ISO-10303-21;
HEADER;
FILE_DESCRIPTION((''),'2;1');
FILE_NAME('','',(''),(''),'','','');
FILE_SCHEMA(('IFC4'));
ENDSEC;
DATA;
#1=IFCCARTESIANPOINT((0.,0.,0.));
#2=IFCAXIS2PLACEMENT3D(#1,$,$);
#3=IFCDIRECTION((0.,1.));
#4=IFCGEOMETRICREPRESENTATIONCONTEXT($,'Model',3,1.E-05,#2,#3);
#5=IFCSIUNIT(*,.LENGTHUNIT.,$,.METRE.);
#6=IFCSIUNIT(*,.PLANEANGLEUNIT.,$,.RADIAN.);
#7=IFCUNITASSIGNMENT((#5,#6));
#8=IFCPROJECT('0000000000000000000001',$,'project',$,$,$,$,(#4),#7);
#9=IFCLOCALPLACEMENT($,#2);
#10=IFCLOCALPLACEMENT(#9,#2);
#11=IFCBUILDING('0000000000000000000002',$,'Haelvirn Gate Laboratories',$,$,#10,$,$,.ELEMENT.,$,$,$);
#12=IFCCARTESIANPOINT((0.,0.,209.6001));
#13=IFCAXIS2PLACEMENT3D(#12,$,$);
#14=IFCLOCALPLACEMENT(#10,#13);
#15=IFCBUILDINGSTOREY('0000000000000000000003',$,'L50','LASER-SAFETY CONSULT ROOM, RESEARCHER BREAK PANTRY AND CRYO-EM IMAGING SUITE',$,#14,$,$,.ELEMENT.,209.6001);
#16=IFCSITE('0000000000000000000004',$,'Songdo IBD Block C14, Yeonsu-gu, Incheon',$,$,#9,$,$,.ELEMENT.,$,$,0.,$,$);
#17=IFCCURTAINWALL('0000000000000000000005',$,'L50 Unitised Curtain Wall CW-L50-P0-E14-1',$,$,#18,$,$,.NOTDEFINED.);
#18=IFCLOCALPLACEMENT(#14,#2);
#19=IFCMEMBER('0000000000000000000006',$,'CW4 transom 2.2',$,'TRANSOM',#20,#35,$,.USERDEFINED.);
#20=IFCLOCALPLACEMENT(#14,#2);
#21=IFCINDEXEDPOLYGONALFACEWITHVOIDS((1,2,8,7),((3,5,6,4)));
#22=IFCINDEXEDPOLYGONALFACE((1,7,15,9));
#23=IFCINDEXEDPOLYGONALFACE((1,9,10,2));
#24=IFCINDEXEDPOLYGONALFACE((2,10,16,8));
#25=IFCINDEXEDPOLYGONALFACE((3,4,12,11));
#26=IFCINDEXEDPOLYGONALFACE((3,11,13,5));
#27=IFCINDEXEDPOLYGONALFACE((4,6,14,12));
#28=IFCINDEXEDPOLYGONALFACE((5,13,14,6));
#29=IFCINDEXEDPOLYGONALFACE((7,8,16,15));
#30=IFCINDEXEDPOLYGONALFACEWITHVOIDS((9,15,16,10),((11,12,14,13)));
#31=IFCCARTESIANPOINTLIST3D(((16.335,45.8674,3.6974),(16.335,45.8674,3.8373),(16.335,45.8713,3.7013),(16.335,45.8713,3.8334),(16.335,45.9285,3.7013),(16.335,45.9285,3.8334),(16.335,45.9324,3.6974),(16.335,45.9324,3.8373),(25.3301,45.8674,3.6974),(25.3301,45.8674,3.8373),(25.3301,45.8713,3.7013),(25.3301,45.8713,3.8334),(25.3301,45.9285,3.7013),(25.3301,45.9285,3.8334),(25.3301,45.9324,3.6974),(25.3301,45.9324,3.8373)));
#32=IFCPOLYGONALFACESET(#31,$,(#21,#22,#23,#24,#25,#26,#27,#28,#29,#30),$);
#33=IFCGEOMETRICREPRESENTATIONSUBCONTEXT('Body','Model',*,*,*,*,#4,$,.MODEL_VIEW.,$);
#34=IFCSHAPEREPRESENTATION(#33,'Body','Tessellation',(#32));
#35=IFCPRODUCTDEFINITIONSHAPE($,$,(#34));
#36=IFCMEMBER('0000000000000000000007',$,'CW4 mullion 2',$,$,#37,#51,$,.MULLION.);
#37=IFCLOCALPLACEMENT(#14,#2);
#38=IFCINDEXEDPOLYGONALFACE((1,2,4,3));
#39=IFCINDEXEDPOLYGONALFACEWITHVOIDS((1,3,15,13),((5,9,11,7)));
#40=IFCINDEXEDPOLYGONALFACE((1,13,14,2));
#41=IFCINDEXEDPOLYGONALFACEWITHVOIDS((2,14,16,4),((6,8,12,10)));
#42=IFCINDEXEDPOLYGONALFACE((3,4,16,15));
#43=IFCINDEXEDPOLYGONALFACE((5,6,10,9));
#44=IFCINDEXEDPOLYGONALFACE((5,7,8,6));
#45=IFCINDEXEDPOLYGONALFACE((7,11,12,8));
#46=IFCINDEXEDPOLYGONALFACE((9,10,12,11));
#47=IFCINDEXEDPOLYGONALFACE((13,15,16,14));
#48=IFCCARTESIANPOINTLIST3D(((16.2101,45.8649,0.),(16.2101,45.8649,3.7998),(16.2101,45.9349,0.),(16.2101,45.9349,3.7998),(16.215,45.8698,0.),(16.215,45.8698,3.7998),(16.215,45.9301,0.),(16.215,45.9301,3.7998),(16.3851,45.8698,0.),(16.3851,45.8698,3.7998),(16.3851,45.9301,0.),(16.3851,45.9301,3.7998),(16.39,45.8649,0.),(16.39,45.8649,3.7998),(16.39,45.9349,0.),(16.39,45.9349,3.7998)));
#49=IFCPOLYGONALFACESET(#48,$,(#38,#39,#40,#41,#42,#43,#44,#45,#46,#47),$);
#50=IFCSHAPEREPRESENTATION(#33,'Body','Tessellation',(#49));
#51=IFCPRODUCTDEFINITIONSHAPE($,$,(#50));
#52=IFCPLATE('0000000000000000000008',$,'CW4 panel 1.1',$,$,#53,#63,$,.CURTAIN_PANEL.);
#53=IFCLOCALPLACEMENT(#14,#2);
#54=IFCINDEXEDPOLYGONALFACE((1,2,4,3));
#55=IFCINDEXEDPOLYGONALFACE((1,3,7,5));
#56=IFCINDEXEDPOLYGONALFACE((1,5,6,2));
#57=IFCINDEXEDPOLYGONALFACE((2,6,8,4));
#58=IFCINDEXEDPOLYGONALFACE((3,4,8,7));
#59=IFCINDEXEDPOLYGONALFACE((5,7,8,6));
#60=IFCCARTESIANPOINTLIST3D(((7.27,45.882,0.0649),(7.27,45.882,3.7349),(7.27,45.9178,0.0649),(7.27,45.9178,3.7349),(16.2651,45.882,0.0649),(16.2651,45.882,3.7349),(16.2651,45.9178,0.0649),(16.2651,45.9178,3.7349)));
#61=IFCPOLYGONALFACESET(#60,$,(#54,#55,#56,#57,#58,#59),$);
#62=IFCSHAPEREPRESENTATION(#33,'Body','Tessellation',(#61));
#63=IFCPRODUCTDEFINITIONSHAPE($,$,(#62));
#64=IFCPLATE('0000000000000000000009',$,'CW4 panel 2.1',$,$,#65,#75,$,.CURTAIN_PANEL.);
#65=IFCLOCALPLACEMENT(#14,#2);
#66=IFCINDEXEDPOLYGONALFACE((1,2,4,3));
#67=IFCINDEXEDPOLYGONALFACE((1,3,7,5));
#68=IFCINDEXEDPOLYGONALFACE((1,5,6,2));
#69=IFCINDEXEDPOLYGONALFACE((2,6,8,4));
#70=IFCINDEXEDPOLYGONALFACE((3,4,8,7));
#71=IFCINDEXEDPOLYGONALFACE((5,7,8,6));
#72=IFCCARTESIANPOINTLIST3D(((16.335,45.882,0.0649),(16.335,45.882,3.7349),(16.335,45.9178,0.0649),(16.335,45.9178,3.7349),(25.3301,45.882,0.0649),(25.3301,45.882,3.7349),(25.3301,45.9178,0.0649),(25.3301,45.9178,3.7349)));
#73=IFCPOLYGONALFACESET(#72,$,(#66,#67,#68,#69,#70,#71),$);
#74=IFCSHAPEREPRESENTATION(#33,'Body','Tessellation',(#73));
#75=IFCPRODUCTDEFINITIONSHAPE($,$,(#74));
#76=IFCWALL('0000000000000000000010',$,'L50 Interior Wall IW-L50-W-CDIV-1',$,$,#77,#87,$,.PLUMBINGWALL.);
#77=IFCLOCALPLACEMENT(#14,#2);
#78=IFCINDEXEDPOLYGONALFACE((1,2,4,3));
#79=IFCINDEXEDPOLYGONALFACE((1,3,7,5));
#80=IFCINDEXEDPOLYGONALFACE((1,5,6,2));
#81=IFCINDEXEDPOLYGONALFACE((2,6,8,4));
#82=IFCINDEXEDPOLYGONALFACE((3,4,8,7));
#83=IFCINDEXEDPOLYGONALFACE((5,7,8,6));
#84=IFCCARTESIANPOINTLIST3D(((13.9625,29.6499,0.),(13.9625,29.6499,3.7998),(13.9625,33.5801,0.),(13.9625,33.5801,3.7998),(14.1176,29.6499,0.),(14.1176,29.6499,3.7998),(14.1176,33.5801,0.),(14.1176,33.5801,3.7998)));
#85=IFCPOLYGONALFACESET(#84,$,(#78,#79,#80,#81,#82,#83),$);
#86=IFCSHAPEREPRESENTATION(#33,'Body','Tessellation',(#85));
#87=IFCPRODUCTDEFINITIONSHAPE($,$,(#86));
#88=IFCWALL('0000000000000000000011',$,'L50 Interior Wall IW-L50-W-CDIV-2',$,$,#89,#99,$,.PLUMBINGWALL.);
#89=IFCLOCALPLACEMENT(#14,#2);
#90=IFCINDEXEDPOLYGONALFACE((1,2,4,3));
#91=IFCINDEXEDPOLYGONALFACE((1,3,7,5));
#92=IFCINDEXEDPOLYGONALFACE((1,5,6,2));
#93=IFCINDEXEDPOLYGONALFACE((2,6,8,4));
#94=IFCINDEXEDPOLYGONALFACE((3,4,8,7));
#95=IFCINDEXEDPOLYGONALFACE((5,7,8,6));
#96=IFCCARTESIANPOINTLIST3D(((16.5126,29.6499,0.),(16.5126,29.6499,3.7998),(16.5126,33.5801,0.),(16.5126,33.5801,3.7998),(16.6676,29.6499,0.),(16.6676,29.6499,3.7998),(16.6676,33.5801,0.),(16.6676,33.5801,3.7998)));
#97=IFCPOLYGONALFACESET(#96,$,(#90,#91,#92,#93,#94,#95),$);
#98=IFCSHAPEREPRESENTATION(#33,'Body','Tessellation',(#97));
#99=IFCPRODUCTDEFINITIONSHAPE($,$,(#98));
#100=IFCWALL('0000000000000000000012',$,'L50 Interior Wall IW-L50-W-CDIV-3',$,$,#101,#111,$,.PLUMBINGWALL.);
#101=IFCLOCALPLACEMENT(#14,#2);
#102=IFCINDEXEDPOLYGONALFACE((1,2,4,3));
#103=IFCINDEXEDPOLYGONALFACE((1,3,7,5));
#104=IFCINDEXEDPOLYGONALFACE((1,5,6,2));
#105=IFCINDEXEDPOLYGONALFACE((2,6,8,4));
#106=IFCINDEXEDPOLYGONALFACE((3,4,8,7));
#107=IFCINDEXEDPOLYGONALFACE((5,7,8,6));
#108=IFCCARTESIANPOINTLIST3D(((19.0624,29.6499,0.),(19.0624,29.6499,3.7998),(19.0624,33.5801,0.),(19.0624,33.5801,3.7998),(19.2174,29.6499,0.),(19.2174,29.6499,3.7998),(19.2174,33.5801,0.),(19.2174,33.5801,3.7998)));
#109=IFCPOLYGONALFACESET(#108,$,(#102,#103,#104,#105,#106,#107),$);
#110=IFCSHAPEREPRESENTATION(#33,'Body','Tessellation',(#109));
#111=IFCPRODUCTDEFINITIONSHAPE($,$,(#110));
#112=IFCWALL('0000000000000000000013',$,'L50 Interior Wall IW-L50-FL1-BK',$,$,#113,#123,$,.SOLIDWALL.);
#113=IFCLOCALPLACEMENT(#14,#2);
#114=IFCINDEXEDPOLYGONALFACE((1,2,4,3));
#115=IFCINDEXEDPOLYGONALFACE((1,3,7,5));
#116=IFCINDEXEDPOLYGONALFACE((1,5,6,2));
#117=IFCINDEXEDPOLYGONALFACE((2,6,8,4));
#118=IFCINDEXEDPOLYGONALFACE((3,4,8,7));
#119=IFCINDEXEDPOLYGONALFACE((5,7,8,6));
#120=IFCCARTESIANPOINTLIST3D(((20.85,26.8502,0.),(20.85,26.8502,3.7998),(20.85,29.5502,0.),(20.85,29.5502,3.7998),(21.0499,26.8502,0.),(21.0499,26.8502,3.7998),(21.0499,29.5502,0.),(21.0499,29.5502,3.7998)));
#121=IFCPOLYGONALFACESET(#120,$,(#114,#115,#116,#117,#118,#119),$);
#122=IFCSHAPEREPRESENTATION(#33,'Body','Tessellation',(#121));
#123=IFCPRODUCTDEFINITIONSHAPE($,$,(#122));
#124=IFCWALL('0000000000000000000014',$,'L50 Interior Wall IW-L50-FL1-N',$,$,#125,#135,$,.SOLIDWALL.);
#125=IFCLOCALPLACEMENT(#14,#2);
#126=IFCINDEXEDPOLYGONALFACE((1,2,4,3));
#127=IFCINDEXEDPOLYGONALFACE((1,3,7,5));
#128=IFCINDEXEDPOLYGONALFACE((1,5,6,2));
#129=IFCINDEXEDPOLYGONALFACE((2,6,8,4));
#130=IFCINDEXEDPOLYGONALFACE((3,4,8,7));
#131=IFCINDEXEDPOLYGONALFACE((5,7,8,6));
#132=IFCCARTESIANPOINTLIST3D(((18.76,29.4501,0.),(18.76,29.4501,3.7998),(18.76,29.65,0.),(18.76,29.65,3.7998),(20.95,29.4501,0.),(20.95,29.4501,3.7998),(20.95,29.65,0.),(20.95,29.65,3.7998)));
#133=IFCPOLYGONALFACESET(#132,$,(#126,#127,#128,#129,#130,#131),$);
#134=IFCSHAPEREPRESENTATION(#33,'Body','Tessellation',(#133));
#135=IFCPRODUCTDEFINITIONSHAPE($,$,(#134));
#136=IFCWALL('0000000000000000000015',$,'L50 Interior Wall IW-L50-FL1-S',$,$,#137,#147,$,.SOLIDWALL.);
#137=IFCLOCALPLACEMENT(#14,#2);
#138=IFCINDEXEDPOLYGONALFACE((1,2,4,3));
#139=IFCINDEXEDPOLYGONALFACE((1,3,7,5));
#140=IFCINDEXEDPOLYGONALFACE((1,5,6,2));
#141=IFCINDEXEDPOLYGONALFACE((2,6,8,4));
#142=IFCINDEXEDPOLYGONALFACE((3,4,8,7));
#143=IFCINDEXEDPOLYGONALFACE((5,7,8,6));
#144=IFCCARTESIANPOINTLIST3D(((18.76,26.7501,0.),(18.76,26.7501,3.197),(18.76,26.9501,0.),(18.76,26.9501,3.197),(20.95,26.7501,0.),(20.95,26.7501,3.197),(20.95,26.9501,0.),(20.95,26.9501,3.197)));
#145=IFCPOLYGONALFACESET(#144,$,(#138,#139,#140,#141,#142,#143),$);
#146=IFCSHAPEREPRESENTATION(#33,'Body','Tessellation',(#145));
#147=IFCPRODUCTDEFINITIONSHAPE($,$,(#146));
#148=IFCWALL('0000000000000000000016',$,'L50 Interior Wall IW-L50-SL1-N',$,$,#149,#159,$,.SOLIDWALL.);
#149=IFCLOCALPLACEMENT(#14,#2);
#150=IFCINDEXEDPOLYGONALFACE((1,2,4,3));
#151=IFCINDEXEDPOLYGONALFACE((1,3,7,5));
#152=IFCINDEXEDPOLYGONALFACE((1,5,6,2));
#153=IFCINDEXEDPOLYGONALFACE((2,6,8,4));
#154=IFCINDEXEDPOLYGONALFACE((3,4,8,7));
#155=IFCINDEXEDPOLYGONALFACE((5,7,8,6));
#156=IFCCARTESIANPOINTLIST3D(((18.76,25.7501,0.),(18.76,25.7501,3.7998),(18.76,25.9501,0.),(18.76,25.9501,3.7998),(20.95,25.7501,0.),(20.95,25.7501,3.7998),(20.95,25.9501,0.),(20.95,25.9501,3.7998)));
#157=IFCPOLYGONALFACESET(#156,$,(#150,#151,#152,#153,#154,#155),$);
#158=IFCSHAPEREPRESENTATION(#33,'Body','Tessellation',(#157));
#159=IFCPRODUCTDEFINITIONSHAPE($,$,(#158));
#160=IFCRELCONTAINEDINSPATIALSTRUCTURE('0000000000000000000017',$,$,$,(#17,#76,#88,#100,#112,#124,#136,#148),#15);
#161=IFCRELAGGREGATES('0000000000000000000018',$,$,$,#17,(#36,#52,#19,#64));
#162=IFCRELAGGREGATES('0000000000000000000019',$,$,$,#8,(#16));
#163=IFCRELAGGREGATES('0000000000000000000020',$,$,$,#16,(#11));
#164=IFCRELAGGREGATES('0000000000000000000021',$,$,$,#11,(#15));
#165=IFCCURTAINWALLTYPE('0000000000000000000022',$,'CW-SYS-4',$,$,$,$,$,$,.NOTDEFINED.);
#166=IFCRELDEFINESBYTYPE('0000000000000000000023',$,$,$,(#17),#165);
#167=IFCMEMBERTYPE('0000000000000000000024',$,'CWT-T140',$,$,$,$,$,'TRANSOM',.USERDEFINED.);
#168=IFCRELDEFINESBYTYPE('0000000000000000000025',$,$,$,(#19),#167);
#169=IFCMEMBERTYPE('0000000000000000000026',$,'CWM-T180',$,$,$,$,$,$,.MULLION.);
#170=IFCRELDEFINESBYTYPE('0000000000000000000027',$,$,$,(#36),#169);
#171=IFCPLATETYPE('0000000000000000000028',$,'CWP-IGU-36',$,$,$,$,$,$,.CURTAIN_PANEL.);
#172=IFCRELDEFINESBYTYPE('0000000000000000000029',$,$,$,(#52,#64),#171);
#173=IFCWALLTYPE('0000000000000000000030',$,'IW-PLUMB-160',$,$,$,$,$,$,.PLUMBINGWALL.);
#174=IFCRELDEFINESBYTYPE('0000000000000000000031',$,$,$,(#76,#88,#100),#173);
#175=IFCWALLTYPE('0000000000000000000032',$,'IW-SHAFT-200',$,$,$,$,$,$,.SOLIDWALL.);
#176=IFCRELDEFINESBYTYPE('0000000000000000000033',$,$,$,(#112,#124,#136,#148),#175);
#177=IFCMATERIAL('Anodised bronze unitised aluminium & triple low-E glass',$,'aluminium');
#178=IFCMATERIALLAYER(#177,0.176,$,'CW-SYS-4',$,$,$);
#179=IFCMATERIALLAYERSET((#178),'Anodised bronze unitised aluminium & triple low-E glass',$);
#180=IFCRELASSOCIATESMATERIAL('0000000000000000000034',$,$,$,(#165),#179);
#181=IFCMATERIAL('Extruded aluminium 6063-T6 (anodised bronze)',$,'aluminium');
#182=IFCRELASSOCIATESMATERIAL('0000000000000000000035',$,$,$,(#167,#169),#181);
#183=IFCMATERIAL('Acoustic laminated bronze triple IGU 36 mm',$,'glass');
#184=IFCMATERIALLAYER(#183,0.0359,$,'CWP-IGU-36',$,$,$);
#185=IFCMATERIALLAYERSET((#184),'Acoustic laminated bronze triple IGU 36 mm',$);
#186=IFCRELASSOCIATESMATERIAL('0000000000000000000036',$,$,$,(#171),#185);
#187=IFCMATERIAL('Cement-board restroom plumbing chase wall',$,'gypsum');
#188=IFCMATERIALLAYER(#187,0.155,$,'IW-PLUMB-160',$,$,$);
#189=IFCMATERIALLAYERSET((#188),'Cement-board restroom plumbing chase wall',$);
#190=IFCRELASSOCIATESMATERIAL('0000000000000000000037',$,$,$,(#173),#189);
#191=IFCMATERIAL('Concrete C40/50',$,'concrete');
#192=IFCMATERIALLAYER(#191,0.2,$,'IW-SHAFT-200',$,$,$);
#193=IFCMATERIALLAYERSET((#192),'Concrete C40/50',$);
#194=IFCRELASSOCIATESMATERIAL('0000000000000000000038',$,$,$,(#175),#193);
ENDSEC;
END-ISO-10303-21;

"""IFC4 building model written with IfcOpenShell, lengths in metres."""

from ifc_helpers import new_model, si_unit, direction, frame, frame_2d, origin, origin_2d, place, context, subcontext, project, spatial, rectangle, hollow_rectangle, extrude, source, transform, mapped, material, layer, layer_set, material_profile, profile_set, type_object, type_shapes, element, aggregate, save


model = new_model("IFC4")

# Units and contexts
model_context = context("Model", 3, precision=1e-05, world=origin(), true_north=direction((0.0, 1.0)))
body_context = subcontext(model_context, "Body", "Model", "MODEL_VIEW")
ifc_project = project(units=[si_unit("LENGTHUNIT", "METRE"), si_unit("PLANEANGLEUNIT", "RADIAN")], contexts=[model_context])

# Site, building, storey
site_placement = place(None, origin())
site = spatial("IfcSite", under=ifc_project, at=site_placement, Name="Songdo IBD Block C14, Yeonsu-gu, Incheon", CompositionType="ELEMENT", RefElevation=0.0)
building_placement = place(site_placement, origin())
building = spatial("IfcBuilding", under=site, at=building_placement, Name="Haelvirn Gate Laboratories", CompositionType="ELEMENT")
storey_placement = place(building_placement, frame((0.0, 0.0, 209.6001)))
storey = spatial("IfcBuildingStorey", under=building, at=storey_placement, Name="L50", Description="LASER-SAFETY CONSULT ROOM, RESEARCHER BREAK PANTRY AND CRYO-EM IMAGING SUITE", CompositionType="ELEMENT", Elevation=209.6001)

# Curtain wall, members, plates
ifc_material_1 = material(Name="Anodised bronze unitised aluminium & triple low-E glass", Category="aluminium")
ifc_layer_1 = layer(ifc_material_1, 0.176, Name="CW-SYS-4")
ifc_layer_set_1 = layer_set([ifc_layer_1], Name="Anodised bronze unitised aluminium & triple low-E glass")
curtain_wall_type = type_object("IfcCurtainWallType", Name="CW-SYS-4", PredefinedType="NOTDEFINED", material=ifc_layer_set_1)
curtain_wall_placement = place(storey_placement, origin())
curtain_wall = element("IfcCurtainWall", 1, at=curtain_wall_placement, inside=storey, type_object=curtain_wall_type, Name="L50 Unitised Curtain Wall CW-L50-P0-E14-1", PredefinedType="NOTDEFINED")
ifc_material_2 = material(Name="Extruded aluminium 6063-T6 (anodised bronze)", Category="aluminium")
ifc_material_profile_1 = material_profile(ifc_material_2, hollow_rectangle(XDim=0.0649, YDim=0.1399, WallThickness=0.0039, at=origin_2d()), Name="CWT-140x65x4")
ifc_profile_set_1 = profile_set([ifc_material_profile_1], Name="Extruded aluminium 6063-T6 (anodised bronze)")
member_type_1 = type_object("IfcMemberType", Name="CWT-T140", ElementType="TRANSOM", PredefinedType="USERDEFINED", material=ifc_profile_set_1)
shared_shape_1 = source(origin(), body_context, "Body", "SweptSolid", [
    extrude(hollow_rectangle(XDim=0.0649, YDim=0.1399, WallThickness=0.0039, at=origin_2d()), origin(), (0.0, 0.0, 1.0), 8.9951),
])
type_shapes(member_type_1, [shared_shape_1])
member_1_placement = place(storey_placement, frame((16.335, 45.8999, 3.7673), z_axis=(1.0, 0.0, 0.0), x_axis=(0.0, 1.0, 0.0)))
member_1 = element("IfcMember", 2, at=member_1_placement, type_object=member_type_1, Name="CW4 transom 2.2", ObjectType="TRANSOM", PredefinedType="USERDEFINED", context=body_context, shape_type="MappedRepresentation", body=[
    mapped(shared_shape_1, transform((0.0, 0.0, 0.0), scale=1.0)),
])
ifc_material_profile_2 = material_profile(ifc_material_2, hollow_rectangle(XDim=0.0701, YDim=0.1799, WallThickness=0.0049, at=origin_2d()), Name="CWM-180x70x5")
ifc_profile_set_2 = profile_set([ifc_material_profile_2], Name="Extruded aluminium 6063-T6 (anodised bronze)")
member_type_2 = type_object("IfcMemberType", Name="CWM-T180", PredefinedType="MULLION", material=ifc_profile_set_2)
shared_shape_2 = source(origin(), body_context, "Body", "SweptSolid", [
    extrude(hollow_rectangle(XDim=0.0701, YDim=0.1799, WallThickness=0.0049, at=origin_2d()), origin(), (0.0, 0.0, 1.0), 3.7998),
])
type_shapes(member_type_2, [shared_shape_2])
member_2_placement = place(storey_placement, frame((16.3, 45.8999, 0.0), z_axis=(0.0, 0.0, 1.0), x_axis=(0.0, 1.0, 0.0)))
member_2 = element("IfcMember", 3, at=member_2_placement, type_object=member_type_2, Name="CW4 mullion 2", PredefinedType="MULLION", context=body_context, shape_type="MappedRepresentation", body=[
    mapped(shared_shape_2, transform((0.0, 0.0, 0.0), scale=1.0)),
])
ifc_material_3 = material(Name="Acoustic laminated bronze triple IGU 36 mm", Category="glass")
ifc_layer_2 = layer(ifc_material_3, 0.0359, Name="CWP-IGU-36")
ifc_layer_set_2 = layer_set([ifc_layer_2], Name="Acoustic laminated bronze triple IGU 36 mm")
plate_type = type_object("IfcPlateType", Name="CWP-IGU-36", PredefinedType="CURTAIN_PANEL", material=ifc_layer_set_2)
shared_shape_3 = source(origin(), body_context, "Body", "SweptSolid", [
    extrude(rectangle(XDim=8.9951, YDim=0.0359, at=origin_2d()), origin(), (0.0, 0.0, 1.0), 3.6699),
])
type_shapes(plate_type, [shared_shape_3])
plate_1_placement = place(storey_placement, frame((11.7676, 45.8999, 0.0649), z_axis=(0.0, 0.0, 1.0), x_axis=(1.0, 0.0, 0.0)))
plate_1 = element("IfcPlate", 4, at=plate_1_placement, type_object=plate_type, Name="CW4 panel 1.1", PredefinedType="CURTAIN_PANEL", context=body_context, shape_type="MappedRepresentation", body=[
    mapped(shared_shape_3, transform((0.0, 0.0, 0.0), scale=1.0)),
])
plate_2_placement = place(storey_placement, frame((20.8325, 45.8999, 0.0649), z_axis=(0.0, 0.0, 1.0), x_axis=(1.0, 0.0, 0.0)))
plate_2 = element("IfcPlate", 5, at=plate_2_placement, type_object=plate_type, Name="CW4 panel 2.1", PredefinedType="CURTAIN_PANEL", context=body_context, shape_type="MappedRepresentation", body=[
    mapped(shared_shape_3, transform((0.0, 0.0, 0.0), scale=1.0)),
])
aggregate(curtain_wall, [member_2, plate_1, member_1, plate_2])

# Walls
ifc_material_4 = material(Name="Cement-board restroom plumbing chase wall", Category="gypsum")
ifc_layer_3 = layer(ifc_material_4, 0.155, Name="IW-PLUMB-160")
ifc_layer_set_3 = layer_set([ifc_layer_3], Name="Cement-board restroom plumbing chase wall")
wall_type_1 = type_object("IfcWallType", Name="IW-PLUMB-160", PredefinedType="PLUMBINGWALL", material=ifc_layer_set_3)
for number, where, z_axis, x_axis, name in (
    (6, (14.04, 29.6499, 0.0), (0.0, 0.0, 1.0), (0.0, 1.0, 0.0), "L50 Interior Wall IW-L50-W-CDIV-1"),
    (7, (16.5901, 29.6499, 0.0), (0.0, 0.0, 1.0), (0.0, 1.0, 0.0), "L50 Interior Wall IW-L50-W-CDIV-2"),
    (8, (19.1399, 29.6499, 0.0), (0.0, 0.0, 1.0), (0.0, 1.0, 0.0), "L50 Interior Wall IW-L50-W-CDIV-3"),
):
    element("IfcWall", number, at=place(storey_placement, frame(where, z_axis=z_axis, x_axis=x_axis)), inside=storey, type_object=wall_type_1, Name=name, PredefinedType="PLUMBINGWALL", context=body_context, shape_type="SweptSolid", body=[
        extrude(rectangle(XDim=3.9302, YDim=0.155, at=frame_2d((1.9651, 0.0))), origin(), (0.0, 0.0, 1.0), 3.7998),
    ])
ifc_material_5 = material(Name="Concrete C40/50", Category="concrete")
ifc_layer_4 = layer(ifc_material_5, 0.2, Name="IW-SHAFT-200")
ifc_layer_set_4 = layer_set([ifc_layer_4], Name="Concrete C40/50")
wall_type_2 = type_object("IfcWallType", Name="IW-SHAFT-200", PredefinedType="SOLIDWALL", material=ifc_layer_set_4)
wall_1_placement = place(storey_placement, frame((20.95, 26.8501, 0.0), z_axis=(0.0, 0.0, 1.0), x_axis=(0.0, 1.0, 0.0)))
element("IfcWall", 9, at=wall_1_placement, inside=storey, type_object=wall_type_2, Name="L50 Interior Wall IW-L50-FL1-BK", PredefinedType="SOLIDWALL", context=body_context, shape_type="SweptSolid", body=[
    extrude(rectangle(XDim=2.7, YDim=0.2, at=frame_2d((1.3501, 0.0))), origin(), (0.0, 0.0, 1.0), 3.7998),
])
wall_2_placement = place(storey_placement, frame((18.76, 29.55, 0.0), z_axis=(0.0, 0.0, 1.0), x_axis=(1.0, 0.0, 0.0)))
element("IfcWall", 10, at=wall_2_placement, inside=storey, type_object=wall_type_2, Name="L50 Interior Wall IW-L50-FL1-N", PredefinedType="SOLIDWALL", context=body_context, shape_type="SweptSolid", body=[
    extrude(rectangle(XDim=2.1899, YDim=0.2, at=frame_2d((1.095, 0.0))), origin(), (0.0, 0.0, 1.0), 3.7998),
])
wall_3_placement = place(storey_placement, frame((18.76, 26.8501, 0.0), z_axis=(0.0, 0.0, 1.0), x_axis=(1.0, 0.0, 0.0)))
element("IfcWall", 11, at=wall_3_placement, inside=storey, type_object=wall_type_2, Name="L50 Interior Wall IW-L50-FL1-S", PredefinedType="SOLIDWALL", context=body_context, shape_type="SweptSolid", body=[
    extrude(rectangle(XDim=2.1899, YDim=0.2, at=frame_2d((1.095, 0.0))), origin(), (0.0, 0.0, 1.0), 3.197),
])
wall_4_placement = place(storey_placement, frame((18.76, 25.8501, 0.0), z_axis=(0.0, 0.0, 1.0), x_axis=(1.0, 0.0, 0.0)))
element("IfcWall", 12, at=wall_4_placement, inside=storey, type_object=wall_type_2, Name="L50 Interior Wall IW-L50-SL1-N", PredefinedType="SOLIDWALL", context=body_context, shape_type="SweptSolid", body=[
    extrude(rectangle(XDim=2.1899, YDim=0.2, at=frame_2d((1.095, 0.0))), origin(), (0.0, 0.0, 1.0), 3.7998),
])

save(model, "model.ifc")
